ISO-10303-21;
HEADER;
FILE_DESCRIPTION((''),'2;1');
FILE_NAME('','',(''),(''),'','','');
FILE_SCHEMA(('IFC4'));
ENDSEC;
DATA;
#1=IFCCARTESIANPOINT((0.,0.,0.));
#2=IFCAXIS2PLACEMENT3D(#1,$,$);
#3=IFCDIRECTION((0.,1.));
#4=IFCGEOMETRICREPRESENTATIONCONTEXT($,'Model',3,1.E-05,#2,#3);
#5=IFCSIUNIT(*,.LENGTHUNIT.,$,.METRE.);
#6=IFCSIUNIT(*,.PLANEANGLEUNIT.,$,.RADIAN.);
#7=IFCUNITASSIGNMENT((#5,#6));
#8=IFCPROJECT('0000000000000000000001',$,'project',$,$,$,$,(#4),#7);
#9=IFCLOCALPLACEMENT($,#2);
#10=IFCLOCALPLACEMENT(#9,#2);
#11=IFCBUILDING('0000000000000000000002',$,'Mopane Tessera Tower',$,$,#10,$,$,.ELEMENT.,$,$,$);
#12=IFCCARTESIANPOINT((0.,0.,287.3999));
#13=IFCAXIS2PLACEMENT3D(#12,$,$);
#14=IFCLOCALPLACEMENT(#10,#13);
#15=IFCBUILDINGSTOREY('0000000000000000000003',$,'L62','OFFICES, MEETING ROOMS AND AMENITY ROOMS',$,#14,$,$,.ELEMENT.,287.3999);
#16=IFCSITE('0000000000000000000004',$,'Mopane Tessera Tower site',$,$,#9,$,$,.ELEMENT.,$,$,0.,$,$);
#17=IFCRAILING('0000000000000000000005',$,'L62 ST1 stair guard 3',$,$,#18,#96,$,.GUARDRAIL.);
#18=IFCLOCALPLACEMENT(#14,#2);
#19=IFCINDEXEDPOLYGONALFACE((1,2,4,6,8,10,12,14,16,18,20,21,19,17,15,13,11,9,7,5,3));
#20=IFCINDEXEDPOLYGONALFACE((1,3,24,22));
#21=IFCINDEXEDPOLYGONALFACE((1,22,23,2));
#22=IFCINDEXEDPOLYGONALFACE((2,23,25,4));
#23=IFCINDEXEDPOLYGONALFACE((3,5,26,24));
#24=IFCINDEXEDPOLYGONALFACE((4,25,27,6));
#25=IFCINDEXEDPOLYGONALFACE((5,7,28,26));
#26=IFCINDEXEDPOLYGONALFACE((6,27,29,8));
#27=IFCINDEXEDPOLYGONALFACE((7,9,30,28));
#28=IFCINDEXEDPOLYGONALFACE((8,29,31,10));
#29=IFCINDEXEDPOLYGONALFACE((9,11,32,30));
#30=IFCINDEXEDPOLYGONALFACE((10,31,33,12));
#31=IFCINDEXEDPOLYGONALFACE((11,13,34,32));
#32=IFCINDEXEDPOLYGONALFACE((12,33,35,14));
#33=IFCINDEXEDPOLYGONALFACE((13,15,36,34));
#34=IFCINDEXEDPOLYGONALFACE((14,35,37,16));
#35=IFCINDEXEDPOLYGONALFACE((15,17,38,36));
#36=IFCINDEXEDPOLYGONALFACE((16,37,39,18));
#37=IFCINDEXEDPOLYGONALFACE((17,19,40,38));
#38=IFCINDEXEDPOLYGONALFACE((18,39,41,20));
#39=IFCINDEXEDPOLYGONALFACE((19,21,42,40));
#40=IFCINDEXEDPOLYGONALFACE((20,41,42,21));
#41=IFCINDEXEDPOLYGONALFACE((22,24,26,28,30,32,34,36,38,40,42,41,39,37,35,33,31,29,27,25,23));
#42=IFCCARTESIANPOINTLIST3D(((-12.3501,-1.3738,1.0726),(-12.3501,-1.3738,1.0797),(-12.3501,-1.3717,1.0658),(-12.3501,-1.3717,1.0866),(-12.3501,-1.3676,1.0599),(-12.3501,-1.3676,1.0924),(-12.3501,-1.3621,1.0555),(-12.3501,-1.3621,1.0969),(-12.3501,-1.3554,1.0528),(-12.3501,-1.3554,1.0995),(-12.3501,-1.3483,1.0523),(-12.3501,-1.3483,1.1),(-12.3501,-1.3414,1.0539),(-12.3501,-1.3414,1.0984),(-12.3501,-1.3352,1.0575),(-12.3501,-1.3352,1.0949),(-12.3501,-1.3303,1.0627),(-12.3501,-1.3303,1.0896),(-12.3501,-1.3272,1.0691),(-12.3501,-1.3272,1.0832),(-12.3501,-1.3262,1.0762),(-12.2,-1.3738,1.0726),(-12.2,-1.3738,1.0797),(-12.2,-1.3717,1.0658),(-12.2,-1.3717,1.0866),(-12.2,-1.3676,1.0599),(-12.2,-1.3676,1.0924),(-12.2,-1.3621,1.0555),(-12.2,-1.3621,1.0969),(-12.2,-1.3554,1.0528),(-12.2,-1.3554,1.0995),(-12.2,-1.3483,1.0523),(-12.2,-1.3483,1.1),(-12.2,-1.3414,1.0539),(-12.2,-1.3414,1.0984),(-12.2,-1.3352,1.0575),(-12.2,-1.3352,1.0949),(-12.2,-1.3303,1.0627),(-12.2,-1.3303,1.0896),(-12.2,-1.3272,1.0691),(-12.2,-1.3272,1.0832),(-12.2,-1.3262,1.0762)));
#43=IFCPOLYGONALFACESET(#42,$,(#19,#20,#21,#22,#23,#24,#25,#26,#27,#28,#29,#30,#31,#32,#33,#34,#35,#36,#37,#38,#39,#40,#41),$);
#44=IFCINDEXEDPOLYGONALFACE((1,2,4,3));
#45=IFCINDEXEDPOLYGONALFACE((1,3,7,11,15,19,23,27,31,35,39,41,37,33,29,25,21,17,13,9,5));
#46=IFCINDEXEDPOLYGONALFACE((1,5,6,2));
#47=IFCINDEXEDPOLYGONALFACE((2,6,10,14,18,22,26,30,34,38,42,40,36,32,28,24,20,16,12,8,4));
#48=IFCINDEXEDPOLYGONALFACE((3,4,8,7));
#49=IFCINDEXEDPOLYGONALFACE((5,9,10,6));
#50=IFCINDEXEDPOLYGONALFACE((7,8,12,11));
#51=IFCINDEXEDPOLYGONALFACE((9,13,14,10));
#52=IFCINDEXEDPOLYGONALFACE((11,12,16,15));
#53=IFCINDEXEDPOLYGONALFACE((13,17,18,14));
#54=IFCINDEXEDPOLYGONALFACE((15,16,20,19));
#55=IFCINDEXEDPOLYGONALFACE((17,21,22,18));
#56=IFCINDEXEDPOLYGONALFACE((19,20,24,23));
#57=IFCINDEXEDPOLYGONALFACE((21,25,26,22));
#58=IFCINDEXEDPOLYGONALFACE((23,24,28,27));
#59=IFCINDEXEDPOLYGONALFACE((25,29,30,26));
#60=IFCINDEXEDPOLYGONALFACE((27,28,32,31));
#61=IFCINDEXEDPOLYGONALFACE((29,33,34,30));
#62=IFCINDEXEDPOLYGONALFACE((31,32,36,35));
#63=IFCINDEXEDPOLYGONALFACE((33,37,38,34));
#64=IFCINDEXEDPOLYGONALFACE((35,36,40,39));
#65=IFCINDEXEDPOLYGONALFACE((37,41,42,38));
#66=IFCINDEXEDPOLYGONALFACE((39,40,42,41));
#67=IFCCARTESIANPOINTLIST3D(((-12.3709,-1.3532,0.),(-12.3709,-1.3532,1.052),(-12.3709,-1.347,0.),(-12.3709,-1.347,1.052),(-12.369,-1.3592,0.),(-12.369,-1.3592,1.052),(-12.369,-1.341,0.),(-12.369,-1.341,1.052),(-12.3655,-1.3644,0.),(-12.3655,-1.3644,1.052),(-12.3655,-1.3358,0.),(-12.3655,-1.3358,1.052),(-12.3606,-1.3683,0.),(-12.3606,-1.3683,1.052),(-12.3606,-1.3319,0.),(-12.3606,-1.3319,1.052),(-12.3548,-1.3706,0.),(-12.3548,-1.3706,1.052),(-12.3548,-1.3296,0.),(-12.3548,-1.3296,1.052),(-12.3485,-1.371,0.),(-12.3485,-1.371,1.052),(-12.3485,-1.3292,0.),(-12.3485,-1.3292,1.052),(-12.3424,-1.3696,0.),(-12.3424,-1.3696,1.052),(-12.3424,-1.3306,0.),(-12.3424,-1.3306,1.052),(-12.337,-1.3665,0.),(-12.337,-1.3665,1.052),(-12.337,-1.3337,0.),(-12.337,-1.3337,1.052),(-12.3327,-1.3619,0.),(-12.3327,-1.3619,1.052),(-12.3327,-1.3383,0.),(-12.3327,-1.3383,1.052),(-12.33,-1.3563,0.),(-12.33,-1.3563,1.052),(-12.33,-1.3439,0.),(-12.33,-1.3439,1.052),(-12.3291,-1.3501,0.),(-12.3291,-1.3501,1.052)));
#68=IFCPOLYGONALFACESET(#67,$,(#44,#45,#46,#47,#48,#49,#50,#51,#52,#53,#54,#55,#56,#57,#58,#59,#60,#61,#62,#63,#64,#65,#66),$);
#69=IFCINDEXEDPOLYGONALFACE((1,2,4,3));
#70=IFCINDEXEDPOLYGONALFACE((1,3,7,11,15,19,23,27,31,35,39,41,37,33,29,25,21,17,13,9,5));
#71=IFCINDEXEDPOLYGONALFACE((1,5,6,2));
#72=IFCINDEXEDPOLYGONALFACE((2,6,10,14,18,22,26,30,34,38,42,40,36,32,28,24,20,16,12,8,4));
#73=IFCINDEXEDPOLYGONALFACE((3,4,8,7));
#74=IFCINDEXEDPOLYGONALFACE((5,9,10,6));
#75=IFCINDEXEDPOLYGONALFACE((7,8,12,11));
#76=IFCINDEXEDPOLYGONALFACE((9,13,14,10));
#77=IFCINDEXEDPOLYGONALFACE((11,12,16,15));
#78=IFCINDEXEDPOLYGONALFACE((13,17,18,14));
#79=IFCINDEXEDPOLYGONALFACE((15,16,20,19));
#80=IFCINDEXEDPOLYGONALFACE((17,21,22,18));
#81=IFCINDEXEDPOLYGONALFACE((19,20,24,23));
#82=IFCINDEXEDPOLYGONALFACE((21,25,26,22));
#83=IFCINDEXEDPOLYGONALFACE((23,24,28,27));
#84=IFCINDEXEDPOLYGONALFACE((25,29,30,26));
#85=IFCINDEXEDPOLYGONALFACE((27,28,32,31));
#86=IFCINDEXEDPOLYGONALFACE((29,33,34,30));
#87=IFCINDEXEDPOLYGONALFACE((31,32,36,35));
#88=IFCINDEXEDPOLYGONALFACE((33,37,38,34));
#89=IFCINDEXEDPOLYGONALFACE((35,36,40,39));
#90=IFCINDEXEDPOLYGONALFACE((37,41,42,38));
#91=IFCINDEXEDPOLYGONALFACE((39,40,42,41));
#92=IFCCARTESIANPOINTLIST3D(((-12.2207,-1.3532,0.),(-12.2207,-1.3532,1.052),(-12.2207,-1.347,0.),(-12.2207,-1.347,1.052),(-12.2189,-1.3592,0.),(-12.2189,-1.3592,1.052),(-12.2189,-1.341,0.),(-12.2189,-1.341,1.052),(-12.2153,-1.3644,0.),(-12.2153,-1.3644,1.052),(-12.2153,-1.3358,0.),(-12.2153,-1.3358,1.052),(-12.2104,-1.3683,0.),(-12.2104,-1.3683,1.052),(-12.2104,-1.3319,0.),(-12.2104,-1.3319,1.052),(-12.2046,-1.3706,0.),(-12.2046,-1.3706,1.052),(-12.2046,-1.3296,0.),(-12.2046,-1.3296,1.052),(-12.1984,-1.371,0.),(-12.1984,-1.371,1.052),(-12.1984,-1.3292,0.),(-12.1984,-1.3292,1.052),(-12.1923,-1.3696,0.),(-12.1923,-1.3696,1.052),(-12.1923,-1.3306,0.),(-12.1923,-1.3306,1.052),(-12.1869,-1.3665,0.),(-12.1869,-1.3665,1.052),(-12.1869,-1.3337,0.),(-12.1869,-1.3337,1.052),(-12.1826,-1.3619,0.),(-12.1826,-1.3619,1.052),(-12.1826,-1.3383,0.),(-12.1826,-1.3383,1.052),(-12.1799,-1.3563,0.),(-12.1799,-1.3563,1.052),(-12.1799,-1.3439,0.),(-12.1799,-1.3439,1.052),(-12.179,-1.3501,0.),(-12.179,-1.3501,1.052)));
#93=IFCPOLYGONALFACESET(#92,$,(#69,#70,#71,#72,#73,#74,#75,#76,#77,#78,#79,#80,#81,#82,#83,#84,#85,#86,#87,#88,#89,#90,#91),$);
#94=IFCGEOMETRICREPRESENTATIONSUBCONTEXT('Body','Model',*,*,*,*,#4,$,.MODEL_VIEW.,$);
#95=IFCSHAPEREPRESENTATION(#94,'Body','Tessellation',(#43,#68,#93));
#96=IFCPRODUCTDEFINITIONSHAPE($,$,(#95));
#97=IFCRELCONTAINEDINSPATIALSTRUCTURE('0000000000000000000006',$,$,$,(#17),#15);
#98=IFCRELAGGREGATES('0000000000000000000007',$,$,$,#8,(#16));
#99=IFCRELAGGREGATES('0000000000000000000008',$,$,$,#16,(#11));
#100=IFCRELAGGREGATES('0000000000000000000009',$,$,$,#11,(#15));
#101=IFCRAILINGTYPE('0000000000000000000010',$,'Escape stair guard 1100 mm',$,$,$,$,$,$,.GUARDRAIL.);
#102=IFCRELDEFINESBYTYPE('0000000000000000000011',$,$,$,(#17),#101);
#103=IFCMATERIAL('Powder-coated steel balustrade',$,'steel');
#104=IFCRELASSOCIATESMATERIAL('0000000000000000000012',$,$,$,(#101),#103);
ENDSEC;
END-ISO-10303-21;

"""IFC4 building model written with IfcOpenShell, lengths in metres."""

from ifc_helpers import new_model, si_unit, direction, frame, origin, origin_2d, place, context, subcontext, project, spatial, circle, extrude, material, type_object, element, save


model = new_model("IFC4")

# Units and contexts
model_context = context("Model", 3, precision=1e-05, world=origin(), true_north=direction((0.0, 1.0)))
body_context = subcontext(model_context, "Body", "Model", "MODEL_VIEW")
ifc_project = project(units=[si_unit("LENGTHUNIT", "METRE"), si_unit("PLANEANGLEUNIT", "RADIAN")], contexts=[model_context])

# Site, building, storey
site_placement = place(None, origin())
site = spatial("IfcSite", under=ifc_project, at=site_placement, Name="Mopane Tessera Tower site", CompositionType="ELEMENT", RefElevation=0.0)
building_placement = place(site_placement, origin())
building = spatial("IfcBuilding", under=site, at=building_placement, Name="Mopane Tessera Tower", CompositionType="ELEMENT")
storey_placement = place(building_placement, frame((0.0, 0.0, 287.3999)))
storey = spatial("IfcBuildingStorey", under=building, at=storey_placement, Name="L62", Description="OFFICES, MEETING ROOMS AND AMENITY ROOMS", CompositionType="ELEMENT", Elevation=287.3999)

# Railing
ifc_material_1 = material(Name="Powder-coated steel balustrade", Category="steel")
railing_type_1 = type_object("IfcRailingType", Name="Escape stair guard 1100 mm", PredefinedType="GUARDRAIL", material=ifc_material_1)
railing_1_placement = place(storey_placement, frame((-12.3501, -1.3501, 0.0)))
element("IfcRailing", 1, at=railing_1_placement, inside=storey, type_object=railing_type_1, Name="L62 ST1 stair guard 3", PredefinedType="GUARDRAIL", context=body_context, shape_type="SweptSolid", body=[
    extrude(circle(Radius=0.0239, at=origin_2d()), frame((0.0, 0.0, 1.0762), z_axis=(1.0, 0.0, 0.0), x_axis=(0.0, 1.0, 0.0)), (0.0, 0.0, 1.0), 0.1501),
    extrude(circle(Radius=0.021, at=origin_2d()), origin(), (0.0, 0.0, 1.0), 1.052),
    extrude(circle(Radius=0.021, at=origin_2d()), frame((0.1501, 0.0, 0.0)), (0.0, 0.0, 1.0), 1.052),
])

save(model, "model.ifc")
